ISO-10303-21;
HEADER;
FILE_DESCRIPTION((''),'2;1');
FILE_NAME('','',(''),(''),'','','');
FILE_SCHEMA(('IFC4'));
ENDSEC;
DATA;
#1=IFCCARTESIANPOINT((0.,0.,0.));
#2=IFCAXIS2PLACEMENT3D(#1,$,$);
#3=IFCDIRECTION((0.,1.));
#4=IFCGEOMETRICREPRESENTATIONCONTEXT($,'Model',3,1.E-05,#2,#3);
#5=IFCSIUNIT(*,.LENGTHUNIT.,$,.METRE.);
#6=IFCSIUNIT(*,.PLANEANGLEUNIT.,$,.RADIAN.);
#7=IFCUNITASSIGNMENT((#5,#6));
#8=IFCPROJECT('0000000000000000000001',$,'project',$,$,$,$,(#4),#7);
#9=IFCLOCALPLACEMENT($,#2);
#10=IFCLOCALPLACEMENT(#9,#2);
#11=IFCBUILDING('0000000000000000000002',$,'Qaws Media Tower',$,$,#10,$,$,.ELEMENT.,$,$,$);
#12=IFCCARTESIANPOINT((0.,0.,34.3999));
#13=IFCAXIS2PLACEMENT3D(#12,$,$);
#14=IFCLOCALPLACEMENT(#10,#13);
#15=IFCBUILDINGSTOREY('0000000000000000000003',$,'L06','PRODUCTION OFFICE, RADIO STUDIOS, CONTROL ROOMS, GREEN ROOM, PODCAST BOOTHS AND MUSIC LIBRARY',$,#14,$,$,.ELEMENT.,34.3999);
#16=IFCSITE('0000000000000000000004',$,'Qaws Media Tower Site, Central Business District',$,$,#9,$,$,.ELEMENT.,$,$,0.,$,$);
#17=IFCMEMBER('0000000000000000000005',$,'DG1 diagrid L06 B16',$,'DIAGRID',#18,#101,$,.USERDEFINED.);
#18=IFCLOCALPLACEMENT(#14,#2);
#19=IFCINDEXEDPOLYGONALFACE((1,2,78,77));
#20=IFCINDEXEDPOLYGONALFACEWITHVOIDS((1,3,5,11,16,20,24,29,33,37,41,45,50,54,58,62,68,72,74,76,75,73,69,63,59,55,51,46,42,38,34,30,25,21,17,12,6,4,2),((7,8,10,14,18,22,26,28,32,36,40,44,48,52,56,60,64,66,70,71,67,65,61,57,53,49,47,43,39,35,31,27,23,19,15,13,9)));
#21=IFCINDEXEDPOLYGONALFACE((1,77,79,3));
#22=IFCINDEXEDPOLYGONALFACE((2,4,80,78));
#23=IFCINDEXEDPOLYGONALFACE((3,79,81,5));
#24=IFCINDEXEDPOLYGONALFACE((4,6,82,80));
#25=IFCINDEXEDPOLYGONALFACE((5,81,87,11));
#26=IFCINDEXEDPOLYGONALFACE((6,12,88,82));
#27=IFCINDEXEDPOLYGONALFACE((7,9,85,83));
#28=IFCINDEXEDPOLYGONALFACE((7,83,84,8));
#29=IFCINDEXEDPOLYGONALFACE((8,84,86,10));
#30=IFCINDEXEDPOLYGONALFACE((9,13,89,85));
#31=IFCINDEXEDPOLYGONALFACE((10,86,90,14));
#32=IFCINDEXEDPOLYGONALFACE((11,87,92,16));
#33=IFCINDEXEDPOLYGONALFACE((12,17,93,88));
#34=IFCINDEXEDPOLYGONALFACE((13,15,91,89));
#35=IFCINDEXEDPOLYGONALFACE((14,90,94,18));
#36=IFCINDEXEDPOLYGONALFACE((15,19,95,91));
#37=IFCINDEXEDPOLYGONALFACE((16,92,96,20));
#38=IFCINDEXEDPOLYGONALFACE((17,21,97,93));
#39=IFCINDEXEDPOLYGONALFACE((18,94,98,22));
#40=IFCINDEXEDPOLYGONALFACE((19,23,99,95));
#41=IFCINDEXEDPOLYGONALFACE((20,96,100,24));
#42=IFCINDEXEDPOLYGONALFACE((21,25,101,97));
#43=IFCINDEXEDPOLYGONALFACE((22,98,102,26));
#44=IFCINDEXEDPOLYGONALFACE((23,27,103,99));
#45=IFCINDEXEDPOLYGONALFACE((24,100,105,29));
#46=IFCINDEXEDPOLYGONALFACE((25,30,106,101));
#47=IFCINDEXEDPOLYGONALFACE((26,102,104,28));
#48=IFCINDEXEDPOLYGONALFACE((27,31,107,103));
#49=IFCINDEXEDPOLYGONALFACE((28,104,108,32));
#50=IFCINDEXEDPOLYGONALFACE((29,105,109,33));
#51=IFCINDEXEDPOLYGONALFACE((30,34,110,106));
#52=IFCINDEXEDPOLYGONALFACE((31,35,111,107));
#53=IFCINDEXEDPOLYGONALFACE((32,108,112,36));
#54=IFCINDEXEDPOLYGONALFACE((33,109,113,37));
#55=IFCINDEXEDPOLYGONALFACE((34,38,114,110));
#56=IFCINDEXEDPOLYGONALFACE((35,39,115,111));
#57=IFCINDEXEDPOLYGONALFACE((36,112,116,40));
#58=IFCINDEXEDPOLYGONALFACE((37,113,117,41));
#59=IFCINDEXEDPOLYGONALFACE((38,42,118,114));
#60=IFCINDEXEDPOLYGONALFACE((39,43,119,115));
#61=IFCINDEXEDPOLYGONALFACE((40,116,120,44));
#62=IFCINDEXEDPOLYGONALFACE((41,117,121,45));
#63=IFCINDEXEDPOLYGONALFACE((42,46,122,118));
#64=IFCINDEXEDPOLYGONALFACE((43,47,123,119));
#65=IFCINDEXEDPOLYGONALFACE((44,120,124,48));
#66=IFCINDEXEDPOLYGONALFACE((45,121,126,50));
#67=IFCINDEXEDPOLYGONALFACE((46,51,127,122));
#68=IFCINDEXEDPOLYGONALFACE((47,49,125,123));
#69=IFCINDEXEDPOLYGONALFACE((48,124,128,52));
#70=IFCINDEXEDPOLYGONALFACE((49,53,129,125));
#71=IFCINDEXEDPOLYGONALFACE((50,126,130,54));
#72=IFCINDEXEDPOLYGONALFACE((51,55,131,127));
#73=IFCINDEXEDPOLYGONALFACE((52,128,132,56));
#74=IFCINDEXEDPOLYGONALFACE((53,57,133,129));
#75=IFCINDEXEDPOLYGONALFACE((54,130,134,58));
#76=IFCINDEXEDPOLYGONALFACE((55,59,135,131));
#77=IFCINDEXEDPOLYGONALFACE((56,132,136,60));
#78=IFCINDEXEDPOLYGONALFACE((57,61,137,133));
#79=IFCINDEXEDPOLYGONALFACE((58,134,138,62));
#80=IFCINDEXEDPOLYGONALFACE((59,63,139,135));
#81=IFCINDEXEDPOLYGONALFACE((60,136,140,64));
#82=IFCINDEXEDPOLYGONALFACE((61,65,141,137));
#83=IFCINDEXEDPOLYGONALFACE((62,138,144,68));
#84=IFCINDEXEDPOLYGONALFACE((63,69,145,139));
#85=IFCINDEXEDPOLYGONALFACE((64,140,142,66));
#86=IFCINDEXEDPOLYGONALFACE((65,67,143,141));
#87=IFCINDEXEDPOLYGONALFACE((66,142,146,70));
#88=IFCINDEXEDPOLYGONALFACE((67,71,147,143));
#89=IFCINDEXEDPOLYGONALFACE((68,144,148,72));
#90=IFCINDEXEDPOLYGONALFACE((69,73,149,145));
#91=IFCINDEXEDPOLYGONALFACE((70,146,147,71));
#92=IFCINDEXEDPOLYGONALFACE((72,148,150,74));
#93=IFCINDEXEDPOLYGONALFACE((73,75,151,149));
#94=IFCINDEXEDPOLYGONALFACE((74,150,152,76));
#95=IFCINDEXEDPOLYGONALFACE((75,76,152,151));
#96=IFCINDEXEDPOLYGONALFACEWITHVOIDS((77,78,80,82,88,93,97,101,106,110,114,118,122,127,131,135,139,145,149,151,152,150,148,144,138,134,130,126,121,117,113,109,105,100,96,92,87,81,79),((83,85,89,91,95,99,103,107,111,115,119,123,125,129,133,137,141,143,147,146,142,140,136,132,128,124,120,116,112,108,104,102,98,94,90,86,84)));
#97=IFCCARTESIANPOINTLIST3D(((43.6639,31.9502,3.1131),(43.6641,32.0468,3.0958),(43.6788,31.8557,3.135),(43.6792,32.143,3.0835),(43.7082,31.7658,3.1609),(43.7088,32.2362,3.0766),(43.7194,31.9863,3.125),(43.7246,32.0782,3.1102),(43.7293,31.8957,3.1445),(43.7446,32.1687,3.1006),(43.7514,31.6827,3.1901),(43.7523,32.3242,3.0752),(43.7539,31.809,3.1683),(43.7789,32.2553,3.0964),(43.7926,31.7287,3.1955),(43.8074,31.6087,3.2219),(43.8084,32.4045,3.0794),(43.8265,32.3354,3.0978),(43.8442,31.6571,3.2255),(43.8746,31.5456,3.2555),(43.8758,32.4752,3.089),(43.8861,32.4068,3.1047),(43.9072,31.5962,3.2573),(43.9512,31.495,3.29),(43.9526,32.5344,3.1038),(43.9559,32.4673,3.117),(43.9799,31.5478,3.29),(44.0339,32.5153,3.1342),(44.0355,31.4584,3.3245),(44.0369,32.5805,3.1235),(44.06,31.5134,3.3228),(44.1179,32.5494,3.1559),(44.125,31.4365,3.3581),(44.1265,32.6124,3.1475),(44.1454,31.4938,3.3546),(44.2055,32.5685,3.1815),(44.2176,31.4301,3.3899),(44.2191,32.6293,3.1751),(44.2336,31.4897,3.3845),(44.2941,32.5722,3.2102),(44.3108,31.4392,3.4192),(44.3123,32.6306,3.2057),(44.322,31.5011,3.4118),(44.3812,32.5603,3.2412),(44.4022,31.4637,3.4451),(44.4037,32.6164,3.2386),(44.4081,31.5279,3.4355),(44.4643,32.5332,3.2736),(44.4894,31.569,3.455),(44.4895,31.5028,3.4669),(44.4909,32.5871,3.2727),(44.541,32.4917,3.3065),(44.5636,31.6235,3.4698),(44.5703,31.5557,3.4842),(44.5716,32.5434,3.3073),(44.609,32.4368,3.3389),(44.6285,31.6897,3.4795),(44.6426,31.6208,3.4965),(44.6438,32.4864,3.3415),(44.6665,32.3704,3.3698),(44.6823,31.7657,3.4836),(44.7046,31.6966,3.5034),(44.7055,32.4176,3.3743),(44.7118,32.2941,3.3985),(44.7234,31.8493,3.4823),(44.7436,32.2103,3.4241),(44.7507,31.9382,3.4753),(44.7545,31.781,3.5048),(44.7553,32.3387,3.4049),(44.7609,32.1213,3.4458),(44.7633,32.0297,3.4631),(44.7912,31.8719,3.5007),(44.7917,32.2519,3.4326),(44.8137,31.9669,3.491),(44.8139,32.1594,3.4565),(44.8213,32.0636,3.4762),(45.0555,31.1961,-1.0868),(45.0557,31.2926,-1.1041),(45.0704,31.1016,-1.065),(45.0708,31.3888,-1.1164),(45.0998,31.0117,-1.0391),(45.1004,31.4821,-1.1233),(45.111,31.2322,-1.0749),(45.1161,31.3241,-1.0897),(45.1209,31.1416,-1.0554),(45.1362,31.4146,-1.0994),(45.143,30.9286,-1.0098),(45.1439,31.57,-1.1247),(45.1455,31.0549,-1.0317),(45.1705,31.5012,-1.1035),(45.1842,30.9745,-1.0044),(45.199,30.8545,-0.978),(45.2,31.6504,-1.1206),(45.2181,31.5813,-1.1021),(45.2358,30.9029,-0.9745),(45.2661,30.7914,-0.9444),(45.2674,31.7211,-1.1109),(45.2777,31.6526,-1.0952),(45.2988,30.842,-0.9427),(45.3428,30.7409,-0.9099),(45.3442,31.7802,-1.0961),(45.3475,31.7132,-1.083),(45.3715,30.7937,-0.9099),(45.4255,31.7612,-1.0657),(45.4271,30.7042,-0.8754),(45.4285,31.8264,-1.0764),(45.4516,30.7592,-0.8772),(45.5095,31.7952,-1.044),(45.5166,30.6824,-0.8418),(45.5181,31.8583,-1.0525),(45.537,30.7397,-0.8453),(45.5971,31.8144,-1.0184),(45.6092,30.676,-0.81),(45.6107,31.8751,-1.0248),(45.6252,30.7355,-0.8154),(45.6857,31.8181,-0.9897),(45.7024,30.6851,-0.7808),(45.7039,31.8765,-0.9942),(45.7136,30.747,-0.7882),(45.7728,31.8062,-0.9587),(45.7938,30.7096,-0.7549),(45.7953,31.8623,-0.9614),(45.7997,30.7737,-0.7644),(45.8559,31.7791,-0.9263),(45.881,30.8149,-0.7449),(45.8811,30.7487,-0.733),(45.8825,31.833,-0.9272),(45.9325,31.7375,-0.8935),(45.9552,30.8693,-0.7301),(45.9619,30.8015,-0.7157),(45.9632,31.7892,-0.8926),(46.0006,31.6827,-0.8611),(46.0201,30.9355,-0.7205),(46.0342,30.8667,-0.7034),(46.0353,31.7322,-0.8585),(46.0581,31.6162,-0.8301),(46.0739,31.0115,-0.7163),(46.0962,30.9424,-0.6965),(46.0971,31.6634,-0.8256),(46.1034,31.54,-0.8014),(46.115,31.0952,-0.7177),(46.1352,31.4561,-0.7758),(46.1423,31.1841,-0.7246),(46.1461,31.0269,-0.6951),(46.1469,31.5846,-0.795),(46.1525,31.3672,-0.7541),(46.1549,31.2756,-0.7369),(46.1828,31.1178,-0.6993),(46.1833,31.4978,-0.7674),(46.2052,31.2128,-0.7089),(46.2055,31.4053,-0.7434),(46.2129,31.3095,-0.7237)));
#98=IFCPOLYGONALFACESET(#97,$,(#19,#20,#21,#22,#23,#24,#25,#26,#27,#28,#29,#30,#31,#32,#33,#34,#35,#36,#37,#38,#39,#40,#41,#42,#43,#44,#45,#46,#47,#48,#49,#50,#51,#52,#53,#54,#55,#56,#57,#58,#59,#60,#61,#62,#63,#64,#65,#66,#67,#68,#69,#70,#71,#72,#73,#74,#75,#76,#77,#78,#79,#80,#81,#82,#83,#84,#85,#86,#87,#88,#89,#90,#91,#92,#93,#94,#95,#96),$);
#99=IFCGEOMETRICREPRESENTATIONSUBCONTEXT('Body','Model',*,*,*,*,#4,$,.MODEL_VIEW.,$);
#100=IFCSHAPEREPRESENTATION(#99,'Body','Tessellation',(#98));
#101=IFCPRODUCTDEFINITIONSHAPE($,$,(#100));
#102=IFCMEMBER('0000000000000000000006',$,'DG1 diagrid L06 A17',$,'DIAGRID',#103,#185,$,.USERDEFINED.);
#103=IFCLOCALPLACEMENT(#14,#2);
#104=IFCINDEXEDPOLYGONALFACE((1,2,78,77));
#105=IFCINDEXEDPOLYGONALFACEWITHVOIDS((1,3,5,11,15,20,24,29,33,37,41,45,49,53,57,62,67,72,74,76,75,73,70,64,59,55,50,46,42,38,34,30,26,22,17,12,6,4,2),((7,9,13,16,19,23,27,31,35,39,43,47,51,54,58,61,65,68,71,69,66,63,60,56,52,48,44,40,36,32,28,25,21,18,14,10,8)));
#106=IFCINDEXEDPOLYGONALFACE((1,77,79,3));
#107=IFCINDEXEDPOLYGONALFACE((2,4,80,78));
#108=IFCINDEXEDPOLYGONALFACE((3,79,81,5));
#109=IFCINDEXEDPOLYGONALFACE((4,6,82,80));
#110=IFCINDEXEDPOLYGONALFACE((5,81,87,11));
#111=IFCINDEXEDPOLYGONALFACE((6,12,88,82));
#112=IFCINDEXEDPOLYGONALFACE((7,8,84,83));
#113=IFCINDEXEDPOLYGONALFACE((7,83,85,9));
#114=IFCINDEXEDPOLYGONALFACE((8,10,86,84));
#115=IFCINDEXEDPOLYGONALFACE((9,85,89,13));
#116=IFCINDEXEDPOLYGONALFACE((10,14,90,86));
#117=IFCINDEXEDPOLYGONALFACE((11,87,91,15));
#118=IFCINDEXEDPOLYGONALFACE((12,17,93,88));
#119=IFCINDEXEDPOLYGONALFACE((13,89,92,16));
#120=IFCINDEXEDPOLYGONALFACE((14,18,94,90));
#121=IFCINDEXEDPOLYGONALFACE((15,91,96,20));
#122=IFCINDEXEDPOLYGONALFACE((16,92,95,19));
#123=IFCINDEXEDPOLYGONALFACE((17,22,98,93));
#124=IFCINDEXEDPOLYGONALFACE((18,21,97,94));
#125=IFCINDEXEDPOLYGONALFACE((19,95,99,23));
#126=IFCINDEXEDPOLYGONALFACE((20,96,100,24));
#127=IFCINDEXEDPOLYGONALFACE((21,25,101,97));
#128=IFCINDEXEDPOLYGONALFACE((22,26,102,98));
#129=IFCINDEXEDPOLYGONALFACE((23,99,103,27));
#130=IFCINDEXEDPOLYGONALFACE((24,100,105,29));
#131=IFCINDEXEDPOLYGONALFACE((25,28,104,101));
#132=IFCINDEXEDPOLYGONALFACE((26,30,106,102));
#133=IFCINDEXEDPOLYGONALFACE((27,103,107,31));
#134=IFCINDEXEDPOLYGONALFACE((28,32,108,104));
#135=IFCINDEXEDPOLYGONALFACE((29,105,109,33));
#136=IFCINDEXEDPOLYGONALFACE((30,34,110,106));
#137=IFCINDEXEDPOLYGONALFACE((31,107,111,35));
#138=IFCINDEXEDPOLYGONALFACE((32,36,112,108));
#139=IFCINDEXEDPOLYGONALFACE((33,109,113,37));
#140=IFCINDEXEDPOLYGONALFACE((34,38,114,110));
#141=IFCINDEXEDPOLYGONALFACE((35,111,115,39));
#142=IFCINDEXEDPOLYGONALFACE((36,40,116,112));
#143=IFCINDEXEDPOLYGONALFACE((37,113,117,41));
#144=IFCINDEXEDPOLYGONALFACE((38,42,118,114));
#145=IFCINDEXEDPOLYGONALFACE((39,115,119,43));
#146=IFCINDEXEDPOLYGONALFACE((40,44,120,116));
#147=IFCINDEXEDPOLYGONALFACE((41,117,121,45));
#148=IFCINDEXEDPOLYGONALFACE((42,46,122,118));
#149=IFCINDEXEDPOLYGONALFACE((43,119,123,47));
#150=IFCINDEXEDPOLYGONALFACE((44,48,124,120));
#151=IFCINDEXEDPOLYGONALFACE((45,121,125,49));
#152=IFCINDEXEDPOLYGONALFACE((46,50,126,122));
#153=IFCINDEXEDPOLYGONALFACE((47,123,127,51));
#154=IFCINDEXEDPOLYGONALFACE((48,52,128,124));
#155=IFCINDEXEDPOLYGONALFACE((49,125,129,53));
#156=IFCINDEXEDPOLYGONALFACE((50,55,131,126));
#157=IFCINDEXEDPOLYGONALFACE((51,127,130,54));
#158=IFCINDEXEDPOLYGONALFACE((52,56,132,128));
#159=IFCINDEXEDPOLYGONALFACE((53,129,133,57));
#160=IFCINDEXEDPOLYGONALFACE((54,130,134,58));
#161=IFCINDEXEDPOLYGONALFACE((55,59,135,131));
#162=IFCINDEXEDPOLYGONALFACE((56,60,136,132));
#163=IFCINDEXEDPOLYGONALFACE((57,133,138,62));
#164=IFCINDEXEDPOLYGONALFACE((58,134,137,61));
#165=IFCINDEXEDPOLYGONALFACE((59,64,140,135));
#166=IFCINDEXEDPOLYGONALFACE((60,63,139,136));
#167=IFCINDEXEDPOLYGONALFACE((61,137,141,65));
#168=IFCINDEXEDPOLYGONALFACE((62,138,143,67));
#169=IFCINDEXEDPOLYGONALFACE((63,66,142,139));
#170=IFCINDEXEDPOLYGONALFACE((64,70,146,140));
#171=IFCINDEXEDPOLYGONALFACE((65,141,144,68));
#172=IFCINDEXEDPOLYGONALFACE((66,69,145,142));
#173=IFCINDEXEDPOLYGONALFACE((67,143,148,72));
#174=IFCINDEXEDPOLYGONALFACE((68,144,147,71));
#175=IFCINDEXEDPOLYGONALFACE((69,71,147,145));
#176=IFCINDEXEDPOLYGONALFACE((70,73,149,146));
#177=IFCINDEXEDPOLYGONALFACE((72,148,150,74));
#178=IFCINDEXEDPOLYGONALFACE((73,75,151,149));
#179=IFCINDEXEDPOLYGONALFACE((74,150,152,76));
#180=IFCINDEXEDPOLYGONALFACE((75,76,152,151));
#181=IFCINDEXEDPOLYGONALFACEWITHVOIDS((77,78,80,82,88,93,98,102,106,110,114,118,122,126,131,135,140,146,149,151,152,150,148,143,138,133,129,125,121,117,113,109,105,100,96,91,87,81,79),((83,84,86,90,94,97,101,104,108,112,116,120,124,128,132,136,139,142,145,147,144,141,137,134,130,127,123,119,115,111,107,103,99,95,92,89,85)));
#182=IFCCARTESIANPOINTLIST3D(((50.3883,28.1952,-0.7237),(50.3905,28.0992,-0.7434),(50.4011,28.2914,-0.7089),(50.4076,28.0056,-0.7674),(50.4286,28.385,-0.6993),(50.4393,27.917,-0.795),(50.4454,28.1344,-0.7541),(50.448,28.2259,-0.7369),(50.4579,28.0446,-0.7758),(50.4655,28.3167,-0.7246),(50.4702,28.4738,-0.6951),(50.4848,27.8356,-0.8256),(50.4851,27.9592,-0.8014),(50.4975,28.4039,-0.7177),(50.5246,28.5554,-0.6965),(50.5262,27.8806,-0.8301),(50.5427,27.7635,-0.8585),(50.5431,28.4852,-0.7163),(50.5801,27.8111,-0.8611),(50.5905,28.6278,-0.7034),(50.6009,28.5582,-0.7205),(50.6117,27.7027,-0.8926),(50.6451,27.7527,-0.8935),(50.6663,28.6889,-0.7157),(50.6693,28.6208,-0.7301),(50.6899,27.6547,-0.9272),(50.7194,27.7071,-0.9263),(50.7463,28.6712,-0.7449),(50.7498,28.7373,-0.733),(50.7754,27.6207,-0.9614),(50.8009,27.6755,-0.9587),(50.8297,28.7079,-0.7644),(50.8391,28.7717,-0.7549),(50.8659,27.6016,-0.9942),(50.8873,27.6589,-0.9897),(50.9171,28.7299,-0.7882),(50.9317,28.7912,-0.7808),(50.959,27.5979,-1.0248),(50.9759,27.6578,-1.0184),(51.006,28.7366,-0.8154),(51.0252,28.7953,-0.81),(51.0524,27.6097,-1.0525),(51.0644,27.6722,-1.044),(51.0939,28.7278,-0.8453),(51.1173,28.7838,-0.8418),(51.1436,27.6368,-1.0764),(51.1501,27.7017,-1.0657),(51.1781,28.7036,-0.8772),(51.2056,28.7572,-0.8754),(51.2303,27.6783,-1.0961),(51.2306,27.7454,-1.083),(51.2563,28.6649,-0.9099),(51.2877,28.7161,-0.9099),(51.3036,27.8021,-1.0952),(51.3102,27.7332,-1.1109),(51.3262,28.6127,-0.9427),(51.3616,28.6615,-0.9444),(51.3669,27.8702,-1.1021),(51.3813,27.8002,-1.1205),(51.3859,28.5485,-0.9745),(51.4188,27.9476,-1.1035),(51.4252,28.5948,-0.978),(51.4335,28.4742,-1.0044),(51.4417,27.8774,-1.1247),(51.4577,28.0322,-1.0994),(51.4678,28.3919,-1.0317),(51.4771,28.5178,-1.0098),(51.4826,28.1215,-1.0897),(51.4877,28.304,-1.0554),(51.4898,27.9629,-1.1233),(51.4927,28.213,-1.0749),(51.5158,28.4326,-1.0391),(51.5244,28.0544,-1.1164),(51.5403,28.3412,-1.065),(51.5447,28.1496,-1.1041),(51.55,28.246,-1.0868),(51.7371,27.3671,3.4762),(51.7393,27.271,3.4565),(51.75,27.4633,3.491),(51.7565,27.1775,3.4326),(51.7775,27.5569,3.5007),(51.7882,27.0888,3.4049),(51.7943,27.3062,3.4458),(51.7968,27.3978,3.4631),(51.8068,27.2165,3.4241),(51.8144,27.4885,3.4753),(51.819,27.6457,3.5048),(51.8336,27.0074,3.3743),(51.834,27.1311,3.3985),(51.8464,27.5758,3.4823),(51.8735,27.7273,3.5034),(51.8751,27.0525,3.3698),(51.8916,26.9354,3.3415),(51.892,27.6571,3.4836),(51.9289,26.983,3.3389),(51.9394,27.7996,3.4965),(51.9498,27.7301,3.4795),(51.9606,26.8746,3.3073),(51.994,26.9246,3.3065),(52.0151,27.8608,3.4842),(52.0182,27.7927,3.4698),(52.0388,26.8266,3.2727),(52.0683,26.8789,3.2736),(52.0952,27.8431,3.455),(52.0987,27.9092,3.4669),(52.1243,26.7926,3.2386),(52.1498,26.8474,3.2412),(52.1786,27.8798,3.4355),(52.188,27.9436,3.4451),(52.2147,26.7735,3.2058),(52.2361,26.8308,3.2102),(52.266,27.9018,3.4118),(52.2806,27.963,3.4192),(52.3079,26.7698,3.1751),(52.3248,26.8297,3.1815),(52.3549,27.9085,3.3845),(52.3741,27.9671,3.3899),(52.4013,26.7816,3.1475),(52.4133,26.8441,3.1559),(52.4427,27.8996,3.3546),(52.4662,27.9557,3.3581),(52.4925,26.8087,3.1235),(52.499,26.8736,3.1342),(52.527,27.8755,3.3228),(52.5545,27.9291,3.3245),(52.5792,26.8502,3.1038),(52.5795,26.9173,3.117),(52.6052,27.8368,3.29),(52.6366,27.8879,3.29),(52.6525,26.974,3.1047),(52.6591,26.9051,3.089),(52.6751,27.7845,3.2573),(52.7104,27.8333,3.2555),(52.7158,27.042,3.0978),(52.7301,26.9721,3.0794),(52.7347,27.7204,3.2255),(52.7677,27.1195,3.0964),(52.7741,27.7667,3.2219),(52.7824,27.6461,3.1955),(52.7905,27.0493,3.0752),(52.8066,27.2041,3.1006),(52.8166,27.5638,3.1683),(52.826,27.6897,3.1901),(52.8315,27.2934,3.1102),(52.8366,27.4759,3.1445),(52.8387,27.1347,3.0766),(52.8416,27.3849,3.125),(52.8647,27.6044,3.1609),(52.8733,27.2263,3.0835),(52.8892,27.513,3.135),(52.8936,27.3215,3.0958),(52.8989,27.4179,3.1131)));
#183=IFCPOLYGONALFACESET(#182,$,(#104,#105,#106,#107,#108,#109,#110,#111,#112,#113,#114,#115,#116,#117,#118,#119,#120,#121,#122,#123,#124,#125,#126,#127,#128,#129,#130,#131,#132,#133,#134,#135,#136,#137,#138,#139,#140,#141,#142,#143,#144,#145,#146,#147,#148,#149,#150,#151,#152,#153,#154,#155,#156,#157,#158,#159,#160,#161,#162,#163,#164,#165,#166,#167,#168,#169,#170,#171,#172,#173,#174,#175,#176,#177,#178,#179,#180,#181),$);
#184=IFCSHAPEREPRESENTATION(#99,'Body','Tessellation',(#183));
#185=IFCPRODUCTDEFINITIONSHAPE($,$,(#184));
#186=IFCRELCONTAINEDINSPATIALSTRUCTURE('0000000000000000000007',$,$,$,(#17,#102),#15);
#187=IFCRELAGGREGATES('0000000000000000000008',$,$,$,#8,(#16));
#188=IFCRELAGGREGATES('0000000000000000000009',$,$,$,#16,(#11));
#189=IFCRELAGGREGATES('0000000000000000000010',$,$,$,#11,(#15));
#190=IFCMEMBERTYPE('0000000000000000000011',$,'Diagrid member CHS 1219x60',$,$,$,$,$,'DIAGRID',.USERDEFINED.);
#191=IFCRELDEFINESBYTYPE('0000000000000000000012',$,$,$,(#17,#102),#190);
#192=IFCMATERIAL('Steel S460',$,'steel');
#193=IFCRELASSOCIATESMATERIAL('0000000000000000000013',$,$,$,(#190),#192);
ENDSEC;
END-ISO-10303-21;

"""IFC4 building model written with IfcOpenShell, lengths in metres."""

from ifc_helpers import new_model, si_unit, direction, frame, origin, origin_2d, place, context, subcontext, project, spatial, hollow_circle, extrude, material, material_profile, profile_set, type_object, element, save


model = new_model("IFC4")

# Units and contexts
model_context = context("Model", 3, precision=1e-05, world=origin(), true_north=direction((0.0, 1.0)))
body_context = subcontext(model_context, "Body", "Model", "MODEL_VIEW")
ifc_project = project(units=[si_unit("LENGTHUNIT", "METRE"), si_unit("PLANEANGLEUNIT", "RADIAN")], contexts=[model_context])

# Site, building, storey
site_placement = place(None, origin())
site = spatial("IfcSite", under=ifc_project, at=site_placement, Name="Qaws Media Tower Site, Central Business District", CompositionType="ELEMENT", RefElevation=0.0)
building_placement = place(site_placement, origin())
building = spatial("IfcBuilding", under=site, at=building_placement, Name="Qaws Media Tower", CompositionType="ELEMENT")
storey_placement = place(building_placement, frame((0.0, 0.0, 34.3999)))
storey = spatial("IfcBuildingStorey", under=building, at=storey_placement, Name="L06", Description="PRODUCTION OFFICE, RADIO STUDIOS, CONTROL ROOMS, GREEN ROOM, PODCAST BOOTHS AND MUSIC LIBRARY", CompositionType="ELEMENT", Elevation=34.3999)

# Members
ifc_material_1 = material(Name="Steel S460", Category="steel")
ifc_material_profile_1 = material_profile(ifc_material_1, hollow_circle(Radius=0.6096, WallThickness=0.0601, at=origin_2d()), Name="CHS 1219x60")
ifc_profile_set_1 = profile_set([ifc_material_profile_1], Name="Steel S460")
member_type_1 = type_object("IfcMemberType", Name="Diagrid member CHS 1219x60", ElementType="DIAGRID", PredefinedType="USERDEFINED", material=ifc_profile_set_1)
for number, where, z_axis, x_axis, name in (
    (1, (45.6333, 31.2769, -0.9099), (-0.310051, 0.168026, 0.935754), (-0.476462, -0.879195, 0.0), "DG1 diagrid L06 B16"),
    (2, (50.9688, 28.1965, -0.9099), (0.300532, -0.184507, 0.935755), (0.523202, 0.852209, 0.0), "DG1 diagrid L06 A17"),
):
    element("IfcMember", number, at=place(storey_placement, frame(where, z_axis=z_axis, x_axis=x_axis)), inside=storey, type_object=member_type_1, Name=name, ObjectType="DIAGRID", PredefinedType="USERDEFINED", context=body_context, shape_type="SweptSolid", body=[
        extrude(hollow_circle(Radius=0.6096, WallThickness=0.0601, at=origin_2d()), origin(), (0.0, 0.0, 1.0), 4.4883),
    ])

save(model, "model.ifc")
